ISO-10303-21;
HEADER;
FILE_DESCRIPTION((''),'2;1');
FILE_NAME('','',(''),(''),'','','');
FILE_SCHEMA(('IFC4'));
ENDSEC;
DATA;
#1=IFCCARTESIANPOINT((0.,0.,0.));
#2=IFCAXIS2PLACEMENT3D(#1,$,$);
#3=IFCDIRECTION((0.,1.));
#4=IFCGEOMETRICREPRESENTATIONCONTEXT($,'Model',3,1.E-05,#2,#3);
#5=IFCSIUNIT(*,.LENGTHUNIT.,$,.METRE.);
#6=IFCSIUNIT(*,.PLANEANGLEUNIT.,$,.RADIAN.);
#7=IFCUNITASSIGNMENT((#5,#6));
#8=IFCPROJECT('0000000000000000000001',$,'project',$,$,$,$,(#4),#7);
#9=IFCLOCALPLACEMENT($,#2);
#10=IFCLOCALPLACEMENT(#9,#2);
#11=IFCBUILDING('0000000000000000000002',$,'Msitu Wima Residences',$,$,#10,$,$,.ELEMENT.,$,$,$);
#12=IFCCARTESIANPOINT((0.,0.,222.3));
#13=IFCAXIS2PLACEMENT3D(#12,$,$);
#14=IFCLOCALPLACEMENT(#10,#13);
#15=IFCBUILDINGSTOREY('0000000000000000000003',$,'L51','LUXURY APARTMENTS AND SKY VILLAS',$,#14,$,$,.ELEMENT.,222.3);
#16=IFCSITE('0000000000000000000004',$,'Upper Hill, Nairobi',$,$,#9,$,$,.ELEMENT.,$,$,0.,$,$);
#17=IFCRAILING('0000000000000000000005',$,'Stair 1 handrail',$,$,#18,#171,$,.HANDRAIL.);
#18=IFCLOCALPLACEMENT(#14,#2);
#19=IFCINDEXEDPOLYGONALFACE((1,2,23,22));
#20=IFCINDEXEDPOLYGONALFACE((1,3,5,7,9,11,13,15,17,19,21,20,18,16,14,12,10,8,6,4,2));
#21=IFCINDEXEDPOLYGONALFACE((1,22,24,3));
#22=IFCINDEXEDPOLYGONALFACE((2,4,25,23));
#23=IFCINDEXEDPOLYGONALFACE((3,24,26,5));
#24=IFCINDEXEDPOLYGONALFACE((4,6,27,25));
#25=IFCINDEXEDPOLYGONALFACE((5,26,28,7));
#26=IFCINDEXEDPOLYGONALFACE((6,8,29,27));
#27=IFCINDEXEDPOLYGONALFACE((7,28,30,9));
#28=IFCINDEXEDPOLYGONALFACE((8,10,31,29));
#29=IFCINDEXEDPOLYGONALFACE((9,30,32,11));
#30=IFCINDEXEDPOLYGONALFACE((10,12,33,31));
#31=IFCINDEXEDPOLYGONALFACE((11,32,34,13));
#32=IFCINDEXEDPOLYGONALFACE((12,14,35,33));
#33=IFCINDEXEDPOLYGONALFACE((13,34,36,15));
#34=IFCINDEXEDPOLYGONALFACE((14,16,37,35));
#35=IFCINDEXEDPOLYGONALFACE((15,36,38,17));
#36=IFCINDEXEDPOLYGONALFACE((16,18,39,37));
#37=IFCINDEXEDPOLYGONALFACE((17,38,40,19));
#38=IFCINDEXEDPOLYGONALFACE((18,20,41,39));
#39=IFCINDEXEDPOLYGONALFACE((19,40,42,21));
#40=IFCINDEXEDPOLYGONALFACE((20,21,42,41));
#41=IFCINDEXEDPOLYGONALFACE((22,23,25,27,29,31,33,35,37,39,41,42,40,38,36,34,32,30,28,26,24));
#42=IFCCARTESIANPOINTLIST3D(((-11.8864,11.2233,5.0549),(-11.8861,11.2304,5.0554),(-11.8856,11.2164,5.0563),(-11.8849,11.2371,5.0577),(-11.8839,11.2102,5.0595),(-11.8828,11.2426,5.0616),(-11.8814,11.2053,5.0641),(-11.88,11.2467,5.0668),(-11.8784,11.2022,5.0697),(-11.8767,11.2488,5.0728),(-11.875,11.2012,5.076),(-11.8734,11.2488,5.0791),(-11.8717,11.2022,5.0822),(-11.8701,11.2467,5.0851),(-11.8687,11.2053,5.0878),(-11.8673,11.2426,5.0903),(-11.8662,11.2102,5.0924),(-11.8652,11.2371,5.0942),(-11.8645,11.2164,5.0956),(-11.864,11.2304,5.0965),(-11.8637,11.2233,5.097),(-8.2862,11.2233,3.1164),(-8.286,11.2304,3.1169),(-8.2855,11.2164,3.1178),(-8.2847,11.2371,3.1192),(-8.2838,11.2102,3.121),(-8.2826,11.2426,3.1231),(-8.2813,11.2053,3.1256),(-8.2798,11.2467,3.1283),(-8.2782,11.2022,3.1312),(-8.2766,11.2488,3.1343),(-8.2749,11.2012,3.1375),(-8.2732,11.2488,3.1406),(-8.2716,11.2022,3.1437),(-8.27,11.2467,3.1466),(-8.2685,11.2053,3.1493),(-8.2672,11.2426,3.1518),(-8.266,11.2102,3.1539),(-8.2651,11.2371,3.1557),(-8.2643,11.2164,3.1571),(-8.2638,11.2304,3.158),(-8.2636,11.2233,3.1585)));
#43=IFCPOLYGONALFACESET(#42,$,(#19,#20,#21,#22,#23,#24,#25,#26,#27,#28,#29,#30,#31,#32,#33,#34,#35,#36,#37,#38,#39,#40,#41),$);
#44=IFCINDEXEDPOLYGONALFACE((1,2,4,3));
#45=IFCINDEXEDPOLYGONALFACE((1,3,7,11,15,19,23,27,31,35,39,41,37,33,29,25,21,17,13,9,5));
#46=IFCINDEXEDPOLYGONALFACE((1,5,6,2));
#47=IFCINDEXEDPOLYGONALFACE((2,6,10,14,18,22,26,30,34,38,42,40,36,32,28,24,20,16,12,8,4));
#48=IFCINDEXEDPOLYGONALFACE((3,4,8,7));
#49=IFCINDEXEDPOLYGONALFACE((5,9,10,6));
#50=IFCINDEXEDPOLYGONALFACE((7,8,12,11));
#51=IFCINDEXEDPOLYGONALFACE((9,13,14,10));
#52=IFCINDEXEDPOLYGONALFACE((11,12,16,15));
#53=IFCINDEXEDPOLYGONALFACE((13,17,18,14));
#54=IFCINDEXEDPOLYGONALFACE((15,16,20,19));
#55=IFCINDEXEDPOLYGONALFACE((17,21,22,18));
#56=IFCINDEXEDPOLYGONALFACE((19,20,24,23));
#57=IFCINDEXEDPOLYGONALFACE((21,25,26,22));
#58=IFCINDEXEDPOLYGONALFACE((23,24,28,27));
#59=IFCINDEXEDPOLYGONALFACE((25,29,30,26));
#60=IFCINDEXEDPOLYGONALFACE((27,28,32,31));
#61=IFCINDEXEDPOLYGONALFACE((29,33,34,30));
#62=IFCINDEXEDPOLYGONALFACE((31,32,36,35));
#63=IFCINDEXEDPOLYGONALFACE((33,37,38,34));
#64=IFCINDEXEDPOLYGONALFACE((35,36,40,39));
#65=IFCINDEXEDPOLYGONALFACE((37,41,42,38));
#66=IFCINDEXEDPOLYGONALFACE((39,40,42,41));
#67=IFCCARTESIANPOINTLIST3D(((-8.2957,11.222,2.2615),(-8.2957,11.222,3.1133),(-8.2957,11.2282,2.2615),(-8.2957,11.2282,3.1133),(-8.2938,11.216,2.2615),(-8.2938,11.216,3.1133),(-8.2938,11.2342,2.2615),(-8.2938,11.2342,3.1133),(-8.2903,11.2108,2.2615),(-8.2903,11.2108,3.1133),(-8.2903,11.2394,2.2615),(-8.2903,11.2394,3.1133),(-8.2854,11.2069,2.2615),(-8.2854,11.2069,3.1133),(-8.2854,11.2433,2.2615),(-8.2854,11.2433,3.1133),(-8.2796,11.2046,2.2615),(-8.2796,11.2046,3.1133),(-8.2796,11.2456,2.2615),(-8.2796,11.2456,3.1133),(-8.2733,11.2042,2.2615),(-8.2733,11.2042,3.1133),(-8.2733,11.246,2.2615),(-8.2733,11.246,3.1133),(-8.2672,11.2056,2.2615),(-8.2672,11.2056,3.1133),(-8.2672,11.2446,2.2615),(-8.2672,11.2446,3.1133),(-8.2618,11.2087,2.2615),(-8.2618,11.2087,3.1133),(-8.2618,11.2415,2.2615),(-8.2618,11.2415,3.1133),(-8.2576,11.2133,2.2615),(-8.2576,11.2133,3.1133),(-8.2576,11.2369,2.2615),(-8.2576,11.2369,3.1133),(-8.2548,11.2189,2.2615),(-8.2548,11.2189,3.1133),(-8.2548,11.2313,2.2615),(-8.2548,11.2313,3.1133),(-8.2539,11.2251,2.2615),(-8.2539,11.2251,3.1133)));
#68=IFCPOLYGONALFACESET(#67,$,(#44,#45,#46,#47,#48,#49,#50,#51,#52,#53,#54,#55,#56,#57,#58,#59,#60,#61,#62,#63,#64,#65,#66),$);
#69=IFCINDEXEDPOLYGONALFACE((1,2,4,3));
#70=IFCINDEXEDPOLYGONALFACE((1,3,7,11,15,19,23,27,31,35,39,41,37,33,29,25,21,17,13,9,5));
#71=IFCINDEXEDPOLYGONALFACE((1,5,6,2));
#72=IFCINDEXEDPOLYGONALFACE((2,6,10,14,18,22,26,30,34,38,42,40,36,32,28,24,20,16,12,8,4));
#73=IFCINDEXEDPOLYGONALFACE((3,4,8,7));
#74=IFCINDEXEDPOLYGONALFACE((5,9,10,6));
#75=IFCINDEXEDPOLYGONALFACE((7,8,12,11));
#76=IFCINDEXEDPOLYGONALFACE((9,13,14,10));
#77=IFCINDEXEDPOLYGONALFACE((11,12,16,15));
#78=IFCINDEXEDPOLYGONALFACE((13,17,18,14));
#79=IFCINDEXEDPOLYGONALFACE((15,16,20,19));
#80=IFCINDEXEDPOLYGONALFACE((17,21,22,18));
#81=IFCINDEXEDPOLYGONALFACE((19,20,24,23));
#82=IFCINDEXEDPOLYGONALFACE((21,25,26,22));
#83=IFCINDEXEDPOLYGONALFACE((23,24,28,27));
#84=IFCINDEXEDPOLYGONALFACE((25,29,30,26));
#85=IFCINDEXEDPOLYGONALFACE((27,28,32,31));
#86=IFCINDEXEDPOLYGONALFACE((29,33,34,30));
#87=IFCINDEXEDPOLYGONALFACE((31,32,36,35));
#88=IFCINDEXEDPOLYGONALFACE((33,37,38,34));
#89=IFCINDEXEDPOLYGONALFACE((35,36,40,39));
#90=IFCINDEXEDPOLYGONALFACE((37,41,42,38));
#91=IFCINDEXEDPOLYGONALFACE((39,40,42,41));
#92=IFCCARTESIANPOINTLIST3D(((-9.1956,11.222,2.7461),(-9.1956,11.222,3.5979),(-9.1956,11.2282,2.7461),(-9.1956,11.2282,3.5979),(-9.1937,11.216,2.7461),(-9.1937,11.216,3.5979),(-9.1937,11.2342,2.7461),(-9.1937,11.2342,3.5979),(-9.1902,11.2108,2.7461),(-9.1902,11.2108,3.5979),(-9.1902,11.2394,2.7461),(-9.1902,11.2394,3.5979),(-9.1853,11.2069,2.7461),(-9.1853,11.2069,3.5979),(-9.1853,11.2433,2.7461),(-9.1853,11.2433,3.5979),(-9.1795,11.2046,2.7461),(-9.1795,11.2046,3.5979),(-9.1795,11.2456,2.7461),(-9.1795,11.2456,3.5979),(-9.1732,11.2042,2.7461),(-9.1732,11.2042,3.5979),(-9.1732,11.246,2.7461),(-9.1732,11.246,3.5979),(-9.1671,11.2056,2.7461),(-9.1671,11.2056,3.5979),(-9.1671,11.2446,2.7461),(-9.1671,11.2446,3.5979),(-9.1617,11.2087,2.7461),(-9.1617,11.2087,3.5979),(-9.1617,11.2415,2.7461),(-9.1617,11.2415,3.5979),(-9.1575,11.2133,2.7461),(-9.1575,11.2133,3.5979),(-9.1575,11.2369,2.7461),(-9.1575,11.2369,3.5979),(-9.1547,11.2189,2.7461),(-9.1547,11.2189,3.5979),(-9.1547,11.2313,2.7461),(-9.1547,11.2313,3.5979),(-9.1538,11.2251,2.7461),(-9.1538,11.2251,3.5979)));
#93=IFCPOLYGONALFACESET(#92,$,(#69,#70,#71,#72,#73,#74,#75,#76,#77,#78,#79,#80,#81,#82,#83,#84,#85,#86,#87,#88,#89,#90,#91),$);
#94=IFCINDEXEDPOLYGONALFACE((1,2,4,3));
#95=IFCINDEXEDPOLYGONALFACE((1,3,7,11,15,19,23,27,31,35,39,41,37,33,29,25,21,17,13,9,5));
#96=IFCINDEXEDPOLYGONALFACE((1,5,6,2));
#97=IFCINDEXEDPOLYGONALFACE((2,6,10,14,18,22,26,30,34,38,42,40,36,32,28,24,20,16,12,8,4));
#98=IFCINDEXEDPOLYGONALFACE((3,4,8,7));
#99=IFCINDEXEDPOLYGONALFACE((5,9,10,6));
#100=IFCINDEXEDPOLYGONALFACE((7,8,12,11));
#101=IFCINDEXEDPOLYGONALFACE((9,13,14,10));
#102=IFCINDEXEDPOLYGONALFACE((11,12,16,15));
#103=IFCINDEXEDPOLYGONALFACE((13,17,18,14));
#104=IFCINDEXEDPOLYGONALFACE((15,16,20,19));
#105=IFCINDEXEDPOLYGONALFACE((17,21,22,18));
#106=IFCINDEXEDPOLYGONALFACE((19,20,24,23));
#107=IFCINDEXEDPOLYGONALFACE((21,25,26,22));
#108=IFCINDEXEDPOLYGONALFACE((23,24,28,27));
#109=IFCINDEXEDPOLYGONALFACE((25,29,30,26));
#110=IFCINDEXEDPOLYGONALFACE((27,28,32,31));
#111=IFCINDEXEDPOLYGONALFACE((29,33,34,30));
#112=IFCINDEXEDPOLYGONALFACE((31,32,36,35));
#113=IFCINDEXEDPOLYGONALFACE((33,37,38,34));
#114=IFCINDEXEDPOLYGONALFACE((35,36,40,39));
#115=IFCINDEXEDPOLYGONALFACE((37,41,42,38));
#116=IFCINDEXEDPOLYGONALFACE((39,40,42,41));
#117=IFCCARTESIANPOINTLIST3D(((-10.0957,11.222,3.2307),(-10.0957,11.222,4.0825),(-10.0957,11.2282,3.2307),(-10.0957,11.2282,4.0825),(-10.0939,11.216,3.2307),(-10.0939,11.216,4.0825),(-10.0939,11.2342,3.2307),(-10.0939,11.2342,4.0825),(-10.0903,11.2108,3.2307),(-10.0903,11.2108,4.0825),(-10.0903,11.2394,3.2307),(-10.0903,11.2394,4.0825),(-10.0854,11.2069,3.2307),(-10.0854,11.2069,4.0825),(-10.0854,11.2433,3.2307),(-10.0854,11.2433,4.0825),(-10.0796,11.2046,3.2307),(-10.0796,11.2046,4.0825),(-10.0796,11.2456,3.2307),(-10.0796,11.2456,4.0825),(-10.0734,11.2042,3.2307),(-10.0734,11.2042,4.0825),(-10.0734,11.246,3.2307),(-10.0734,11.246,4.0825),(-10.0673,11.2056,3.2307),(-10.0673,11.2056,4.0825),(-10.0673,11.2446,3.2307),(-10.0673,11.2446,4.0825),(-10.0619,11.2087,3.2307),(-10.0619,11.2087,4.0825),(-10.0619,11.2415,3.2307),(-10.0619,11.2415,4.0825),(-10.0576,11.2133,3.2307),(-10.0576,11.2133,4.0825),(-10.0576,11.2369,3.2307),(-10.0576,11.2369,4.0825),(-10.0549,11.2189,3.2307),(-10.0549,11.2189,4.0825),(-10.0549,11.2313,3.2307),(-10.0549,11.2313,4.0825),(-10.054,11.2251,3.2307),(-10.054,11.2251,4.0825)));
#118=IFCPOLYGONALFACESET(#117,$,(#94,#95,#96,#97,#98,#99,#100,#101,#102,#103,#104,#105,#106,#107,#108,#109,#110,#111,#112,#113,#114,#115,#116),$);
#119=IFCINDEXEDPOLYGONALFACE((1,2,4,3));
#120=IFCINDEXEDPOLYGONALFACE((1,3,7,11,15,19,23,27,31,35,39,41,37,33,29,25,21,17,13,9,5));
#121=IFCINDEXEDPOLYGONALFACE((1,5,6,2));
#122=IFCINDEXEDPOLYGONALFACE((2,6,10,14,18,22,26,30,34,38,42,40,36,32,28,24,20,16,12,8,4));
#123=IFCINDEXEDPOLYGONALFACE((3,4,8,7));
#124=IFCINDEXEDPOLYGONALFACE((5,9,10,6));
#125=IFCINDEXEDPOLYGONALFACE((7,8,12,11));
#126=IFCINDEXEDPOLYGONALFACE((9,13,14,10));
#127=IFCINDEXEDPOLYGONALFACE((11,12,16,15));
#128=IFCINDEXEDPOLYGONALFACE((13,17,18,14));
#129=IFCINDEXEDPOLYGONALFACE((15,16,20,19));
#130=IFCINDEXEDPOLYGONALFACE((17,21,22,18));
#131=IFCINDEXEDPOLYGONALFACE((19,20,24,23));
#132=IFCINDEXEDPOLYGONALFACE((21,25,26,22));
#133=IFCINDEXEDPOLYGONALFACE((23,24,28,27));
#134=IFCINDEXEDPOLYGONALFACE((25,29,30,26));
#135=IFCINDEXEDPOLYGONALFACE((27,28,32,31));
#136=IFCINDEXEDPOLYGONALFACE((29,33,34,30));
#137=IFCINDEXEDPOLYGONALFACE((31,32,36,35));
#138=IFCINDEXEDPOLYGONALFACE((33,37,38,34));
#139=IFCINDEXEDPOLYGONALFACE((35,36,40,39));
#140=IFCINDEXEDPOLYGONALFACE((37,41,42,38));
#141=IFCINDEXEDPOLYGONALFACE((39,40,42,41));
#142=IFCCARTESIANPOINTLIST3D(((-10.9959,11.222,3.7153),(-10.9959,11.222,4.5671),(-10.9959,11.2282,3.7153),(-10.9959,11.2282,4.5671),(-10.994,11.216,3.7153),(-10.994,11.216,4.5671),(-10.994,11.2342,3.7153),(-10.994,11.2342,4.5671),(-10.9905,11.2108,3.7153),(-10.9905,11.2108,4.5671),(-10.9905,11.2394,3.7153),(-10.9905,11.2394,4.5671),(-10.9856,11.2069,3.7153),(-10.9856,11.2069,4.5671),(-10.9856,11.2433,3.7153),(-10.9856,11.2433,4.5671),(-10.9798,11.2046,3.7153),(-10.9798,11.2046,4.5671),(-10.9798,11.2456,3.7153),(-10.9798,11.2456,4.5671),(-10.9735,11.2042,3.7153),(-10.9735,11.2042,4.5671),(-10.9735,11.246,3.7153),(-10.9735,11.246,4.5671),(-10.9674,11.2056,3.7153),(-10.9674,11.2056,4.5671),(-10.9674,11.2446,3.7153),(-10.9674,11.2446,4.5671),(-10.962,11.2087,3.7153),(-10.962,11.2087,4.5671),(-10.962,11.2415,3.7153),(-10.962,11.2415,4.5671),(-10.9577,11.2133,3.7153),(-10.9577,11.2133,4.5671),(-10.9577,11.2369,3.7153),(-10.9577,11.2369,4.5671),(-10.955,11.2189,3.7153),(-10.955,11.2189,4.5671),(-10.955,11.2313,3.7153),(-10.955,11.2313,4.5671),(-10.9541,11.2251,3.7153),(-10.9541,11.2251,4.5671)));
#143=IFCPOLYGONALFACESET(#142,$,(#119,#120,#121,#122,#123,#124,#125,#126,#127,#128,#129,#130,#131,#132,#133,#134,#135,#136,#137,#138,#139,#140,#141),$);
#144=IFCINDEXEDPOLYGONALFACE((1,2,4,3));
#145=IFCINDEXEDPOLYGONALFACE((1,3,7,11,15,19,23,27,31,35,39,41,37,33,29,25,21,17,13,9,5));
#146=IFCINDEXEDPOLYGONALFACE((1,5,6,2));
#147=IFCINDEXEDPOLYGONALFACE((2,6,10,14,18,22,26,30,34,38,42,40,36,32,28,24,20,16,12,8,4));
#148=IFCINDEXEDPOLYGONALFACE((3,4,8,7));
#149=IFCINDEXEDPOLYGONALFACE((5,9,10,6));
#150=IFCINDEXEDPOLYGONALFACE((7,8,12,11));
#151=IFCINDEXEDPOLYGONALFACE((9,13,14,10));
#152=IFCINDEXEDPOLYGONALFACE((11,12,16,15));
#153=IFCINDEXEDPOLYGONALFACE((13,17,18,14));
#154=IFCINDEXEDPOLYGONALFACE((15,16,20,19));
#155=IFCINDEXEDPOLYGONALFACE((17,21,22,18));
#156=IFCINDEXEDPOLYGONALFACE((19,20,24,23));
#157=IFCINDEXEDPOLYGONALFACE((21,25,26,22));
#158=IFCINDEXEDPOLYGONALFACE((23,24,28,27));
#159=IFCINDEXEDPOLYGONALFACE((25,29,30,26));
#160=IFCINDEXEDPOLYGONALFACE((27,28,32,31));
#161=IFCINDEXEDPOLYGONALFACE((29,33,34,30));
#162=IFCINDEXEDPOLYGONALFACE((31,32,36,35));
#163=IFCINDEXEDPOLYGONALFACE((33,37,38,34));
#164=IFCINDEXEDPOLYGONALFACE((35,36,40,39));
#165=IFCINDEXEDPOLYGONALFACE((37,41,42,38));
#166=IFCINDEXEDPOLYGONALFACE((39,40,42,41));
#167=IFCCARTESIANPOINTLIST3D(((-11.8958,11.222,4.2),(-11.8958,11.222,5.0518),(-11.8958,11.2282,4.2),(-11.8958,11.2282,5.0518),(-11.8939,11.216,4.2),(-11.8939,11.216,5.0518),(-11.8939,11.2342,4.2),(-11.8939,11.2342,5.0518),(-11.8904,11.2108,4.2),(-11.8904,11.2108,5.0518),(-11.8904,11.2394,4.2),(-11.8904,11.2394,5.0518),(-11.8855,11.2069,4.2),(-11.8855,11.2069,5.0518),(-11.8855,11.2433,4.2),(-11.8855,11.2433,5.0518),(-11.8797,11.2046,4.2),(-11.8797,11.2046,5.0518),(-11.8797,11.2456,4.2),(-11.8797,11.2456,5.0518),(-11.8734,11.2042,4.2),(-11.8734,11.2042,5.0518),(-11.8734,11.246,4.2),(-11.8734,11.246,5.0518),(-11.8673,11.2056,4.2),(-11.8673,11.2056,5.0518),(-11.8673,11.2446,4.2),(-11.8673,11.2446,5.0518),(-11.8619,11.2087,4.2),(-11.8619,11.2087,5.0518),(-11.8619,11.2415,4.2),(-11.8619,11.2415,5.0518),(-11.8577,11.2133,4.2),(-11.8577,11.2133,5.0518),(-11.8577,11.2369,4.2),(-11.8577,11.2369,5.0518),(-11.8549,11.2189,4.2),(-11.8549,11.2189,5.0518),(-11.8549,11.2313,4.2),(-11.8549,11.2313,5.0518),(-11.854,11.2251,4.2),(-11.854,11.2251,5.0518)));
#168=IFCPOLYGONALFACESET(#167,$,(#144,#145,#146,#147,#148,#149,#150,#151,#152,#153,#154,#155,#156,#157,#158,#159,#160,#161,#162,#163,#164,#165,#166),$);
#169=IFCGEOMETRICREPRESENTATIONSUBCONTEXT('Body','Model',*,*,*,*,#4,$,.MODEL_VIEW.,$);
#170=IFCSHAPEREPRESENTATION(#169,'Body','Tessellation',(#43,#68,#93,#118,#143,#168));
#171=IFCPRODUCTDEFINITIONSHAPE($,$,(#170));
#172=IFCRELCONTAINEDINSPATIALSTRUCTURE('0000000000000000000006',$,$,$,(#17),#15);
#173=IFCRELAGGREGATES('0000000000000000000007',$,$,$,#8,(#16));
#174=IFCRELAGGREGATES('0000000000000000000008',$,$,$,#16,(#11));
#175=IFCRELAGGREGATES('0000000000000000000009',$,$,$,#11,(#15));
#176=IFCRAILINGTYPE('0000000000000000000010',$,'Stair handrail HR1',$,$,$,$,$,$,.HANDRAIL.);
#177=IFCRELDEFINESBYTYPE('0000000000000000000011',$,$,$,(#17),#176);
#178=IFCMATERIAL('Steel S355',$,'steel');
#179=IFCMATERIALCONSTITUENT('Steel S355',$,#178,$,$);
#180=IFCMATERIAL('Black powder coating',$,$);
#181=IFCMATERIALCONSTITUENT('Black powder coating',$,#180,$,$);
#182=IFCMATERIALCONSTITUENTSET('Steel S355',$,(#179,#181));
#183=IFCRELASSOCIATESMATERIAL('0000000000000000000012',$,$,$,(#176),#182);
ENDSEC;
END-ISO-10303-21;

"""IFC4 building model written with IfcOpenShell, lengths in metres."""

from ifc_helpers import new_model, si_unit, direction, frame, origin, origin_2d, place, context, subcontext, project, spatial, circle, extrude, material, constituent, constituent_set, type_object, element, save


model = new_model("IFC4")

# Units and contexts
model_context = context("Model", 3, precision=1e-05, world=origin(), true_north=direction((0.0, 1.0)))
body_context = subcontext(model_context, "Body", "Model", "MODEL_VIEW")
ifc_project = project(units=[si_unit("LENGTHUNIT", "METRE"), si_unit("PLANEANGLEUNIT", "RADIAN")], contexts=[model_context])

# Site, building, storey
site_placement = place(None, origin())
site = spatial("IfcSite", under=ifc_project, at=site_placement, Name="Upper Hill, Nairobi", CompositionType="ELEMENT", RefElevation=0.0)
building_placement = place(site_placement, origin())
building = spatial("IfcBuilding", under=site, at=building_placement, Name="Msitu Wima Residences", CompositionType="ELEMENT")
storey_placement = place(building_placement, frame((0.0, 0.0, 222.3)))
storey = spatial("IfcBuildingStorey", under=building, at=storey_placement, Name="L51", Description="LUXURY APARTMENTS AND SKY VILLAS", CompositionType="ELEMENT", Elevation=222.3)

# Railing
ifc_material_1 = material(Name="Steel S355", Category="steel")
ifc_constituent_1 = constituent(ifc_material_1, Name="Steel S355")
ifc_material_2 = material(Name="Black powder coating")
ifc_constituent_2 = constituent(ifc_material_2, Name="Black powder coating")
ifc_constituent_set = constituent_set(constituents=[ifc_constituent_1, ifc_constituent_2], Name="Steel S355")
railing_type = type_object("IfcRailingType", Name="Stair handrail HR1", PredefinedType="HANDRAIL", material=ifc_constituent_set)
for number, where, name in (
    (1, (-8.2749, 11.2251, 2.2615), "Stair 1 handrail"),
):
    element("IfcRailing", number, at=place(storey_placement, frame(where)), inside=storey, type_object=railing_type, Name=name, PredefinedType="HANDRAIL", context=body_context, shape_type="SweptSolid", body=[
        extrude(circle(Radius=0.0239, at=origin_2d()), frame((0.0, 0.0, 0.876), z_axis=(-0.880475, 0.0, 0.474093), x_axis=(0.0, -1.0, 0.0)), (0.0, 0.0, 1.0), 4.0889),
        extrude(circle(Radius=0.021, at=origin_2d()), origin(), (0.0, 0.0, 1.0), 0.8518),
        extrude(circle(Radius=0.021, at=origin_2d()), frame((-0.8999, 0.0, 0.4846)), (0.0, 0.0, 1.0), 0.8518),
        extrude(circle(Radius=0.021, at=origin_2d()), frame((-1.8, 0.0, 0.9692)), (0.0, 0.0, 1.0), 0.8518),
        extrude(circle(Radius=0.021, at=origin_2d()), frame((-2.7002, 0.0, 1.4539)), (0.0, 0.0, 1.0), 0.8518),
        extrude(circle(Radius=0.021, at=origin_2d()), frame((-3.6001, 0.0, 1.9385)), (0.0, 0.0, 1.0), 0.8518),
    ])

save(model, "model.ifc")
